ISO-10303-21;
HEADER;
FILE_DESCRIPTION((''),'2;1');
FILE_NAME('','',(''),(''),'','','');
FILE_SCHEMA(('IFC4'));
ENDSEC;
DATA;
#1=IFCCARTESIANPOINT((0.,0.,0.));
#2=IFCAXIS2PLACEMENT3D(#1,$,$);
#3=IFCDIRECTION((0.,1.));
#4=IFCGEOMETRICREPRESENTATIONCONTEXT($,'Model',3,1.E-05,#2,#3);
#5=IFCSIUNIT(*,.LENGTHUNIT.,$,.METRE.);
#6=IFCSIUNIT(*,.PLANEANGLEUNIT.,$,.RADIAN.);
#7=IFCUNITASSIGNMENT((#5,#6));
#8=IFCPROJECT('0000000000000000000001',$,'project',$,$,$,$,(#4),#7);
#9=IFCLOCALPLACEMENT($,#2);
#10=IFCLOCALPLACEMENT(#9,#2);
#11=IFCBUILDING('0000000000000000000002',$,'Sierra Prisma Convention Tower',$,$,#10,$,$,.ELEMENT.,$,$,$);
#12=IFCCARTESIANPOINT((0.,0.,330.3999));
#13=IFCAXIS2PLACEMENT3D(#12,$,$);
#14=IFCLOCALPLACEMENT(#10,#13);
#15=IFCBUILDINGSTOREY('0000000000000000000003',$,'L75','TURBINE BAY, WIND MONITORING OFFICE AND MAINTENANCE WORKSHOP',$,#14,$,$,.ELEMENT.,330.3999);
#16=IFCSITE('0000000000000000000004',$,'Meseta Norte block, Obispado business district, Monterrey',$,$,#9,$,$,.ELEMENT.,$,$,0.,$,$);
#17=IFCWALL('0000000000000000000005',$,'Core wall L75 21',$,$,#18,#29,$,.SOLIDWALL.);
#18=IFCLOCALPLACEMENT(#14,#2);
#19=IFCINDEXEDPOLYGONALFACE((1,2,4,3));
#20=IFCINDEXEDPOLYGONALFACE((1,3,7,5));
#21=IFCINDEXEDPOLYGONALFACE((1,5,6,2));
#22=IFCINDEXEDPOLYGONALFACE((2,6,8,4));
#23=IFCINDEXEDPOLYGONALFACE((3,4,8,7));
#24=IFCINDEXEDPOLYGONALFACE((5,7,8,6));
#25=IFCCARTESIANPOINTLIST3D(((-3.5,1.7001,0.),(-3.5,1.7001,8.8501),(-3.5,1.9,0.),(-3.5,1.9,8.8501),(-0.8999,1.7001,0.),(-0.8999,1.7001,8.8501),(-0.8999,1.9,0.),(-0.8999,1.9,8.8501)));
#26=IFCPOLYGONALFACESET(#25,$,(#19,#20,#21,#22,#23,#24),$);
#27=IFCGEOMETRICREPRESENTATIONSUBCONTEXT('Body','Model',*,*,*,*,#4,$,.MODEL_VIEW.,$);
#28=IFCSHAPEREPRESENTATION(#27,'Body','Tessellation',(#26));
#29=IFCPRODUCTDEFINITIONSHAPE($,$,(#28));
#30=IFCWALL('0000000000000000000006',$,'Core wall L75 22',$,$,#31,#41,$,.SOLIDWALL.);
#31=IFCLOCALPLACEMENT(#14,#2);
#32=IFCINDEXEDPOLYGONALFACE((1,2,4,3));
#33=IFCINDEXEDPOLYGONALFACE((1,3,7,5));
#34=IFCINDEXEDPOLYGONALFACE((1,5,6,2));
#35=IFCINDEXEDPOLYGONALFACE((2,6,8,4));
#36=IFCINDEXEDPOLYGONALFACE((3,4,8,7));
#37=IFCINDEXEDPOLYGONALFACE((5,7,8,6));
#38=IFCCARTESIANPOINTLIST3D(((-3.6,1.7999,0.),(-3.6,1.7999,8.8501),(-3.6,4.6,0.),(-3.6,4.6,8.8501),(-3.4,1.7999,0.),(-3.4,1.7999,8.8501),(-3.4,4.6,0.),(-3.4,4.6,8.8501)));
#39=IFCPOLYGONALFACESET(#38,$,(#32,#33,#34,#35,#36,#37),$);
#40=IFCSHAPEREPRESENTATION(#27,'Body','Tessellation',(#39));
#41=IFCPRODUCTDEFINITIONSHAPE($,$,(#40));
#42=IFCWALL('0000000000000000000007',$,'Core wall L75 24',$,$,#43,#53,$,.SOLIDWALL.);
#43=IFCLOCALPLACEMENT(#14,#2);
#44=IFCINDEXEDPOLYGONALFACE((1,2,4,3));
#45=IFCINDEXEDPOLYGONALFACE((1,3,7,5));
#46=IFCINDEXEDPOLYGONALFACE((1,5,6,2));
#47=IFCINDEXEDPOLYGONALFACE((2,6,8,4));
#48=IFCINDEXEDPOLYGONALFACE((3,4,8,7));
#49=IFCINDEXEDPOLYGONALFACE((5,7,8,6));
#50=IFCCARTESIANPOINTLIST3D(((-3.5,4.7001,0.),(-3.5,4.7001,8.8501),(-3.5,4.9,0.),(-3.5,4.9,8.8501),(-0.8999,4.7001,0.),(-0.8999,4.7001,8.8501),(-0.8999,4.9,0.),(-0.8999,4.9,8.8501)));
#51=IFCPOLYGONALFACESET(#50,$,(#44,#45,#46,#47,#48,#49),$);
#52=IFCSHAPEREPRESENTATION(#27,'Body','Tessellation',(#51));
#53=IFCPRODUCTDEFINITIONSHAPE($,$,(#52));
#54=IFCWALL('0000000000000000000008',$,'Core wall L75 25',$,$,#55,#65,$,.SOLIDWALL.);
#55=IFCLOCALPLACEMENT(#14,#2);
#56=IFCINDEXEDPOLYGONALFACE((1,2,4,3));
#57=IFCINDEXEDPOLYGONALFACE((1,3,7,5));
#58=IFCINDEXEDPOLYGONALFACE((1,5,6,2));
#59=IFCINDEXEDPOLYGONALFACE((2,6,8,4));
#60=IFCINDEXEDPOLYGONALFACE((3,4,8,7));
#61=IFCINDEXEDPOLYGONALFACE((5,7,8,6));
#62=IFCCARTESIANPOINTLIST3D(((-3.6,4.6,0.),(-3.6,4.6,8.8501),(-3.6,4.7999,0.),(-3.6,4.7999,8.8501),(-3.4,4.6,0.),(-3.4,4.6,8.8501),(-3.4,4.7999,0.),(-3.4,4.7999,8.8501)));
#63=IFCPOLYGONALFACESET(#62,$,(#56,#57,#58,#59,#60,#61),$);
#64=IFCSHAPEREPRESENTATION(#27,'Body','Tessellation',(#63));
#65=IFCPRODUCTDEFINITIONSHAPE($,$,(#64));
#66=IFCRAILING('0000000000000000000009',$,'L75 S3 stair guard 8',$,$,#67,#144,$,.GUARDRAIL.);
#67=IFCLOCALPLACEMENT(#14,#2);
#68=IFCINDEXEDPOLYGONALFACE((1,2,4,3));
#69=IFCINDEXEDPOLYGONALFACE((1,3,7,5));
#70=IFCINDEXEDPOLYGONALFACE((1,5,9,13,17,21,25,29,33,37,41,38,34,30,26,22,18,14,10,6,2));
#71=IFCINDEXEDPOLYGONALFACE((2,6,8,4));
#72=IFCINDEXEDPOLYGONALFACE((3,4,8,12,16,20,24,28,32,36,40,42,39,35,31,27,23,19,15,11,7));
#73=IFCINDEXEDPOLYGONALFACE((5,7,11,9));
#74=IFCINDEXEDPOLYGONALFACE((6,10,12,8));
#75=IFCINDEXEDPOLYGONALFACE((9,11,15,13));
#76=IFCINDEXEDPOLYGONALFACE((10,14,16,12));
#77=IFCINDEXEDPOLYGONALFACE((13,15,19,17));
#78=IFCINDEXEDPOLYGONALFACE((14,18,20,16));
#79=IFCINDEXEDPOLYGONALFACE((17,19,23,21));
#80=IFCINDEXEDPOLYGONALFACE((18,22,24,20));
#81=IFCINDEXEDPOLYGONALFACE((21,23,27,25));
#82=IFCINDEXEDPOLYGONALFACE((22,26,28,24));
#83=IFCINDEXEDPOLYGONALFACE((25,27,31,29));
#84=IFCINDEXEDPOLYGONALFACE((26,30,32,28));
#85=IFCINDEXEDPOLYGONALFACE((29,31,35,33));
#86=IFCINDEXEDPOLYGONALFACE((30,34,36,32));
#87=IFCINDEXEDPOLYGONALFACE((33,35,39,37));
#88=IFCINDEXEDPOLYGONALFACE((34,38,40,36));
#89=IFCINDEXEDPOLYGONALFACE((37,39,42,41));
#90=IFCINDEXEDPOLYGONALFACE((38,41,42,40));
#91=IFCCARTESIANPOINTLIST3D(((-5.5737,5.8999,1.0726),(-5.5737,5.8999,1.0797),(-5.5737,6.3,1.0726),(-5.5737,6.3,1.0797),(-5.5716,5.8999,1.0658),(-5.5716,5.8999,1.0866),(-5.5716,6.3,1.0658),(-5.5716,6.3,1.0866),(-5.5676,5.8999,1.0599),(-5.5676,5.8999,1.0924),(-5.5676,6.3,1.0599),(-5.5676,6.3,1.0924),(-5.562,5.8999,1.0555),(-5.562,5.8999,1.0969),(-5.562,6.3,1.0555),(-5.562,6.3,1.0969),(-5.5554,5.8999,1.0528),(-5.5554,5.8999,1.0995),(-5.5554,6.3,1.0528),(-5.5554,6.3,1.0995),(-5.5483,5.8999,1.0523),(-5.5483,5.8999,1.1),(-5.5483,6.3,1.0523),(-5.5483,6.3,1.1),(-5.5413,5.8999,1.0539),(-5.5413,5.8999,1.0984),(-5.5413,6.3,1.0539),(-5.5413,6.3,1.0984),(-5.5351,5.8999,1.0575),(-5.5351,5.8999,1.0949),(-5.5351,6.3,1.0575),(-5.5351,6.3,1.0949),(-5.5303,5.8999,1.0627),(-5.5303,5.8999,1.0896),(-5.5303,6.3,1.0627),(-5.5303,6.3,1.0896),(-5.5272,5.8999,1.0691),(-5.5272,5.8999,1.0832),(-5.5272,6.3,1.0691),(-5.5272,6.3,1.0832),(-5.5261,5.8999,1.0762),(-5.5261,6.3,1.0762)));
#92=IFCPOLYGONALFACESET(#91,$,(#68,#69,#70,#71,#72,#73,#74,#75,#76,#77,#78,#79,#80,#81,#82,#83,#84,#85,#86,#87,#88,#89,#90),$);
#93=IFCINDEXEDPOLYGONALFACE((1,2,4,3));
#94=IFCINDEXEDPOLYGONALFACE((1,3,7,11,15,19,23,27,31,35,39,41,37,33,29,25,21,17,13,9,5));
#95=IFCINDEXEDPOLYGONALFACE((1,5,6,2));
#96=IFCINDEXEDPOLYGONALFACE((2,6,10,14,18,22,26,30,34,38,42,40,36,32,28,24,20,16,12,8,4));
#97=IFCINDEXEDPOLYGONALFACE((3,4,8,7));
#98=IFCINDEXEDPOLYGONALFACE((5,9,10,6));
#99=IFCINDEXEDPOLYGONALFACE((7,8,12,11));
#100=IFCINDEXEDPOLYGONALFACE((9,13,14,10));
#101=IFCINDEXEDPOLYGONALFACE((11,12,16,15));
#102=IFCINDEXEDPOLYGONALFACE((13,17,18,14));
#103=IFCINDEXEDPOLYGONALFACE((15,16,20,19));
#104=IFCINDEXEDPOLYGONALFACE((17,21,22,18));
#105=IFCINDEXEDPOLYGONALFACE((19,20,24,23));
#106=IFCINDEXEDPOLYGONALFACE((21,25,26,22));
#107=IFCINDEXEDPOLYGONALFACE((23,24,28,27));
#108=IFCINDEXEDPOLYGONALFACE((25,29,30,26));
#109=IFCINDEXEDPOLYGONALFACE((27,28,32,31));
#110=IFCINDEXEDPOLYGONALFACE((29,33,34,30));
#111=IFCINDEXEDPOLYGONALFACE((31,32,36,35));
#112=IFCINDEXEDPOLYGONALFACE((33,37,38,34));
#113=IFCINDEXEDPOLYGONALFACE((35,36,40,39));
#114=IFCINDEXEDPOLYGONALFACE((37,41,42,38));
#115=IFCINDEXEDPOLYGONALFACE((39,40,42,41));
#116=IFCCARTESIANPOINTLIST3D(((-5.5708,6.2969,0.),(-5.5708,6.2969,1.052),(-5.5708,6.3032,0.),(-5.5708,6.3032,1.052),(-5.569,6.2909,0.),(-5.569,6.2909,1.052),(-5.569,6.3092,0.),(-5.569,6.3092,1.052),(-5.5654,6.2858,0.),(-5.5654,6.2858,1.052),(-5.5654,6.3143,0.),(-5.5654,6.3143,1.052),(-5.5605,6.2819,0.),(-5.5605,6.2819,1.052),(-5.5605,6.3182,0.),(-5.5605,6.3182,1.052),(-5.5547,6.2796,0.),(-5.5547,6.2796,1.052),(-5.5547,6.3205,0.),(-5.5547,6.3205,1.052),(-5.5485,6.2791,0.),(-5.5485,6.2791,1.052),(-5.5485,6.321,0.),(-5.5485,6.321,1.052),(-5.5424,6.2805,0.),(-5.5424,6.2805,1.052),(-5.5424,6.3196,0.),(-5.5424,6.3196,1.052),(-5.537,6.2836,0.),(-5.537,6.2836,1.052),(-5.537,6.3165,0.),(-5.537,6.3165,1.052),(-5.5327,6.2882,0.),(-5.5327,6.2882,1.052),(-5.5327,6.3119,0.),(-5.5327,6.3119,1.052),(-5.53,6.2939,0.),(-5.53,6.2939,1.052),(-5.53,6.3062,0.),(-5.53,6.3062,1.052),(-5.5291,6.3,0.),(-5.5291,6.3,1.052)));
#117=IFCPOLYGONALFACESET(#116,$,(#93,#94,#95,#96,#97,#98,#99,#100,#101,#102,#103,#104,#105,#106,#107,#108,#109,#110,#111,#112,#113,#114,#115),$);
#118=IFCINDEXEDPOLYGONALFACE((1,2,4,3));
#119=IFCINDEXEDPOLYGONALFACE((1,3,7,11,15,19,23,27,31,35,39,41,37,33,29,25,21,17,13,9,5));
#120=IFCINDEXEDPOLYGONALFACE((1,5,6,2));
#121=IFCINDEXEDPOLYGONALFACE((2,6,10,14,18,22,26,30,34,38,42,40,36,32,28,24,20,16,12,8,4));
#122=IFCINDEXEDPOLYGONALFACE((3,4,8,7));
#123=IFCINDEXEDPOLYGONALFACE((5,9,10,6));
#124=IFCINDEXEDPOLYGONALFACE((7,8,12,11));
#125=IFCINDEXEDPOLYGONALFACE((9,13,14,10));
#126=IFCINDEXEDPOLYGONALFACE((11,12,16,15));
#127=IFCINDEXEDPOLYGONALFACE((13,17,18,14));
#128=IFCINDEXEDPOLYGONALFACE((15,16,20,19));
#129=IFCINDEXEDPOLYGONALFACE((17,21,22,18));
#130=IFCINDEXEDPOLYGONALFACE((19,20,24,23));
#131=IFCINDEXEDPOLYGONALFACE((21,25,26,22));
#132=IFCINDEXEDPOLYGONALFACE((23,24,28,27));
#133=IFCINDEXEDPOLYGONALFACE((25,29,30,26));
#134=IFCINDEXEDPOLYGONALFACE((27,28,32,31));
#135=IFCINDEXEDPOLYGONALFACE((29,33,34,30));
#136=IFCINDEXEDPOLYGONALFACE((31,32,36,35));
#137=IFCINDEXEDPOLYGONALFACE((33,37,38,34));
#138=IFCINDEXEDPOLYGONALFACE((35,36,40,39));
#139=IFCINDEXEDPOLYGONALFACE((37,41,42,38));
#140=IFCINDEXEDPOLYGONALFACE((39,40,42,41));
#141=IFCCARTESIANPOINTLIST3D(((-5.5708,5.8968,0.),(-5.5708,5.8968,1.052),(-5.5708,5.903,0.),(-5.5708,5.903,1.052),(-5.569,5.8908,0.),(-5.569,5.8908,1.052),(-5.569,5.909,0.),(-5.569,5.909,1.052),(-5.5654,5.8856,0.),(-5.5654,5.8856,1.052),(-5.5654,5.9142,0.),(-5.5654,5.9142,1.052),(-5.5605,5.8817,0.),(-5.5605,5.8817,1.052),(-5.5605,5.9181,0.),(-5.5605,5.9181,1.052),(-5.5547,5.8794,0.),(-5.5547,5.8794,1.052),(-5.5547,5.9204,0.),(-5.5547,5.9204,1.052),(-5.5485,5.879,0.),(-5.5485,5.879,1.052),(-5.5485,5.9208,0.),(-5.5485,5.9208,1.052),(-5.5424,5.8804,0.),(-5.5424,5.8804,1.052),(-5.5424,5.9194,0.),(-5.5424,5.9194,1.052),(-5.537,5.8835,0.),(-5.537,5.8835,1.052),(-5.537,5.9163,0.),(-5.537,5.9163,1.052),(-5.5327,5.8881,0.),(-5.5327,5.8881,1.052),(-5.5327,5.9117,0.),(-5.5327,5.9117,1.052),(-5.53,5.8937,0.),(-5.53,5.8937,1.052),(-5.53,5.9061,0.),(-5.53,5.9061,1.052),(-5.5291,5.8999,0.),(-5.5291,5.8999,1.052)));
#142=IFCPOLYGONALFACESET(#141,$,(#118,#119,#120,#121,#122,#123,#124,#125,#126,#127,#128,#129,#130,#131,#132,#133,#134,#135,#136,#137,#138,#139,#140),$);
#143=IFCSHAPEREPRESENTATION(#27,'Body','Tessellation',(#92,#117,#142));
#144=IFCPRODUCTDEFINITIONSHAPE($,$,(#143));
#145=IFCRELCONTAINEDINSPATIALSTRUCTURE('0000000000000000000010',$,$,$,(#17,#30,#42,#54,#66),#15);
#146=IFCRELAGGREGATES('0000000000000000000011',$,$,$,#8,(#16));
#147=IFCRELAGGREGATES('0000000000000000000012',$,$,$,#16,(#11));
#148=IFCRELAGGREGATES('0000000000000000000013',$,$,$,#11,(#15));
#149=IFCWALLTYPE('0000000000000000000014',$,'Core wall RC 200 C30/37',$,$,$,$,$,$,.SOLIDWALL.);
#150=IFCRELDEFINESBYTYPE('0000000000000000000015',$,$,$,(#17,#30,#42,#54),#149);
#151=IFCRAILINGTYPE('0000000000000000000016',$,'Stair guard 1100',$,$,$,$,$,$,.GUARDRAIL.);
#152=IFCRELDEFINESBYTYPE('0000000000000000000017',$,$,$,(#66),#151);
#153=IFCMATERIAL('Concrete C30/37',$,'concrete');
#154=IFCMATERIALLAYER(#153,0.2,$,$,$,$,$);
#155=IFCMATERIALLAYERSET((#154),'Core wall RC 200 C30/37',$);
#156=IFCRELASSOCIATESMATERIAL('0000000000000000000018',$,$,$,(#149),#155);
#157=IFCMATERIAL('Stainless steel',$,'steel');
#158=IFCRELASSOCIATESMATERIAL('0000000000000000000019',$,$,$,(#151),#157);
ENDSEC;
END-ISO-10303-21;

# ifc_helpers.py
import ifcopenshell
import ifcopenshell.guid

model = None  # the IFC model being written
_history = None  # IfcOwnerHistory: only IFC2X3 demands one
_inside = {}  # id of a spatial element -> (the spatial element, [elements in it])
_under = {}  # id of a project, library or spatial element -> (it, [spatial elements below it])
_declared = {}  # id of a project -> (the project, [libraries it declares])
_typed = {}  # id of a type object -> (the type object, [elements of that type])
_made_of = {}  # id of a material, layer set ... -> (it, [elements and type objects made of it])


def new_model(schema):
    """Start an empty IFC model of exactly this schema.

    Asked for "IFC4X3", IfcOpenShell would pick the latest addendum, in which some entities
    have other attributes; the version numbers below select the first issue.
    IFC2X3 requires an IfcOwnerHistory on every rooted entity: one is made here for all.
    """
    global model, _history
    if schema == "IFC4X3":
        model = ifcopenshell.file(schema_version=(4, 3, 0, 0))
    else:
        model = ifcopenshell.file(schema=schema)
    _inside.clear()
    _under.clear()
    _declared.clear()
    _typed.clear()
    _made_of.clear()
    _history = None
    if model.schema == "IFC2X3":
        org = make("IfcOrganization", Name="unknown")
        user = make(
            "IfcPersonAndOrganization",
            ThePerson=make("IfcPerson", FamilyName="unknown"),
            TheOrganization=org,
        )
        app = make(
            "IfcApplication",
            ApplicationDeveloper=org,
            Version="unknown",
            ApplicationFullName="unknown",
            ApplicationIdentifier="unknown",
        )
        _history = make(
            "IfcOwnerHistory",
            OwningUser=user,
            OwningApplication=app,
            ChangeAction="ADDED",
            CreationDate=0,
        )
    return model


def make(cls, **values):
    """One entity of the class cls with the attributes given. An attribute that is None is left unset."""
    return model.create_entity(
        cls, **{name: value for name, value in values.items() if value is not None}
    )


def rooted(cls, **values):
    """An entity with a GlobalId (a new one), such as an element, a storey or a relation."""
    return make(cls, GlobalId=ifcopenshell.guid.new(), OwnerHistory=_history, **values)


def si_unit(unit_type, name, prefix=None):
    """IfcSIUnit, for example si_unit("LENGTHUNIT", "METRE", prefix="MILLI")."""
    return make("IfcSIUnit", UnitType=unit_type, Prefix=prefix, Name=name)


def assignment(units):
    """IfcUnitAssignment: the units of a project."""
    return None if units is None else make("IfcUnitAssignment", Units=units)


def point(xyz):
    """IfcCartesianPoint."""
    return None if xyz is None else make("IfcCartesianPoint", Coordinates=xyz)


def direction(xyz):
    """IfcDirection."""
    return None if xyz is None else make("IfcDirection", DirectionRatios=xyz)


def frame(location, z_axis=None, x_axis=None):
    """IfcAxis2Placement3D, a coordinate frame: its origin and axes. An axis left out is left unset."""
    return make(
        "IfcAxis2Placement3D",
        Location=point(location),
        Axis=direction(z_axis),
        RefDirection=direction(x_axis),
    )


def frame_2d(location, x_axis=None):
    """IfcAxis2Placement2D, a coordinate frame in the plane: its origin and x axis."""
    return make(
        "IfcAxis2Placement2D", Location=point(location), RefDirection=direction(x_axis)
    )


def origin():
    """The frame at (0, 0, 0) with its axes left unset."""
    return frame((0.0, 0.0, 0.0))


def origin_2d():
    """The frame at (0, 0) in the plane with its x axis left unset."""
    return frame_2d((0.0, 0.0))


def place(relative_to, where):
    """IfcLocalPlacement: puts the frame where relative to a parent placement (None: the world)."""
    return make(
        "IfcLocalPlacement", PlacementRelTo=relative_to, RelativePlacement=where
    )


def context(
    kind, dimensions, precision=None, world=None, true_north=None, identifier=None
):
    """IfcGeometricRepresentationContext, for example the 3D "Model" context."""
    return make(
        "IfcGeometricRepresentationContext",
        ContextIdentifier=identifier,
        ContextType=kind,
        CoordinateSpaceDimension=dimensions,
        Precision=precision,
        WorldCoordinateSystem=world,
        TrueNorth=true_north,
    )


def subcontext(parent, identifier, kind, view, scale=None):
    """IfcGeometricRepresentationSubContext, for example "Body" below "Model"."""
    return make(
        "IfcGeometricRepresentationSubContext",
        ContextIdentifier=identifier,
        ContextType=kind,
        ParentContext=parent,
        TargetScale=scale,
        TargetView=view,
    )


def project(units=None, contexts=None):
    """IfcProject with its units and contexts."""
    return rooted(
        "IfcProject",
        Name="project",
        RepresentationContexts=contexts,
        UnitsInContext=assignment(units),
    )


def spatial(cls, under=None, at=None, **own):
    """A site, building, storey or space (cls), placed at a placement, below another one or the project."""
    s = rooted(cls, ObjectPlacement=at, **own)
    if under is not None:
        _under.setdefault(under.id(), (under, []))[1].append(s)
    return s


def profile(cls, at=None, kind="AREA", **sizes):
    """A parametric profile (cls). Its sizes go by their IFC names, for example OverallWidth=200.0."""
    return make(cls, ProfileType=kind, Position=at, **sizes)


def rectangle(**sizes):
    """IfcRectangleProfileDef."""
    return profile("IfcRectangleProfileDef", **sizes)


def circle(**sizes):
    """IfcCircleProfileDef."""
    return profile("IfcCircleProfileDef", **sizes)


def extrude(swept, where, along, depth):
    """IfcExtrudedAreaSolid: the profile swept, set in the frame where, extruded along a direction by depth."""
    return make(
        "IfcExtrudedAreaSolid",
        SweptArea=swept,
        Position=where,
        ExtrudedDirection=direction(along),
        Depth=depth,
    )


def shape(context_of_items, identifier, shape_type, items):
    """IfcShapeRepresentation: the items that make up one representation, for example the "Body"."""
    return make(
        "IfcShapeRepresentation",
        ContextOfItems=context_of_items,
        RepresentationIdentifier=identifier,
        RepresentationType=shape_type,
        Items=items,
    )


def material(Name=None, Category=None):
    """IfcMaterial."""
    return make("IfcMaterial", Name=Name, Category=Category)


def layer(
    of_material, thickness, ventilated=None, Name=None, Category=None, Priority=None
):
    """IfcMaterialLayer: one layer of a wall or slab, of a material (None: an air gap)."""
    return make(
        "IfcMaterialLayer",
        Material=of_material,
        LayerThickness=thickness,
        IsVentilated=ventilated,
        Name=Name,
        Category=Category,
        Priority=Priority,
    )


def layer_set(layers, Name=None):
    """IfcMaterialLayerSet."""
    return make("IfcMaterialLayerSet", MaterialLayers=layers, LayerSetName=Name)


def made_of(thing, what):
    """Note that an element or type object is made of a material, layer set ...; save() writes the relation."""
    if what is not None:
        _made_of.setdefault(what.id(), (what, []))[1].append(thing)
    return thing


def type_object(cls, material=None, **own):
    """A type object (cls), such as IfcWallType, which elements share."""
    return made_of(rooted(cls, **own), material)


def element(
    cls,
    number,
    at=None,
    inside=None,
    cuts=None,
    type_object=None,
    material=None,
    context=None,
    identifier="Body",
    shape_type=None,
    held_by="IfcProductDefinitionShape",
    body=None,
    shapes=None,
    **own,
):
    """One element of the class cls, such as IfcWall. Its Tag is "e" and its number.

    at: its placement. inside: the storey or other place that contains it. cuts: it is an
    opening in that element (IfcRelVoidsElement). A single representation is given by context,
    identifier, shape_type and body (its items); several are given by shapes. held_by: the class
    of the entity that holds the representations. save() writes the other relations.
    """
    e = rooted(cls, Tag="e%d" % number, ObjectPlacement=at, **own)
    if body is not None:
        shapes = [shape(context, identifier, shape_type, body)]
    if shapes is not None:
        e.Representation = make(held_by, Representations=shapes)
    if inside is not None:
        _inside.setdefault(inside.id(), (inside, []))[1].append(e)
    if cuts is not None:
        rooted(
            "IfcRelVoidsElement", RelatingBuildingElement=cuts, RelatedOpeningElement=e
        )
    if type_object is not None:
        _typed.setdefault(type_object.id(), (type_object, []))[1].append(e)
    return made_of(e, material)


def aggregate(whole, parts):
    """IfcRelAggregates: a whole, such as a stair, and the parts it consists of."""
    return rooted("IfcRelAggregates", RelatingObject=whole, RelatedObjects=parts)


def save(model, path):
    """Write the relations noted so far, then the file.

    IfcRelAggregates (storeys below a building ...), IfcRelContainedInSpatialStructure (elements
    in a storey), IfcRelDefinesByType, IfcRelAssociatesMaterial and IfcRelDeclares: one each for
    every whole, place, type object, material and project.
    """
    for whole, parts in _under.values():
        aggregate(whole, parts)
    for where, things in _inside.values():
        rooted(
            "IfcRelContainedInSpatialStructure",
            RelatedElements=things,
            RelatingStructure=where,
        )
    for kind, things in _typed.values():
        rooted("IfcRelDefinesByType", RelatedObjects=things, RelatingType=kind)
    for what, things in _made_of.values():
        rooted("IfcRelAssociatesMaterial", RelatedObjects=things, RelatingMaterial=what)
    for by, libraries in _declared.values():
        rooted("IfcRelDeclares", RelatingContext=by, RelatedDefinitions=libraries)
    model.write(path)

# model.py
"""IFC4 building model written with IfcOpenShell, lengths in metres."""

from ifc_helpers import new_model, si_unit, direction, frame, frame_2d, origin, origin_2d, place, context, subcontext, project, spatial, rectangle, circle, extrude, material, layer, layer_set, type_object, element, save


model = new_model("IFC4")

# Units and contexts
model_context = context("Model", 3, precision=1e-05, world=origin(), true_north=direction((0.0, 1.0)))
body_context = subcontext(model_context, "Body", "Model", "MODEL_VIEW")
ifc_project = project(units=[si_unit("LENGTHUNIT", "METRE"), si_unit("PLANEANGLEUNIT", "RADIAN")], contexts=[model_context])

# Site, building, storey
site_placement = place(None, origin())
site = spatial("IfcSite", under=ifc_project, at=site_placement, Name="Meseta Norte block, Obispado business district, Monterrey", CompositionType="ELEMENT", RefElevation=0.0)
building_placement = place(site_placement, origin())
building = spatial("IfcBuilding", under=site, at=building_placement, Name="Sierra Prisma Convention Tower", CompositionType="ELEMENT")
storey_placement = place(building_placement, frame((0.0, 0.0, 330.3999)))
storey = spatial("IfcBuildingStorey", under=building, at=storey_placement, Name="L75", Description="TURBINE BAY, WIND MONITORING OFFICE AND MAINTENANCE WORKSHOP", CompositionType="ELEMENT", Elevation=330.3999)

# Shared definitions
ifc_material_1 = material(Name="Concrete C30/37", Category="concrete")
ifc_layer_1 = layer(ifc_material_1, 0.2)
ifc_layer_set_1 = layer_set([ifc_layer_1], Name="Core wall RC 200 C30/37")
wall_type = type_object("IfcWallType", Name="Core wall RC 200 C30/37", PredefinedType="SOLIDWALL", material=ifc_layer_set_1)

# Walls
wall_1_placement = place(storey_placement, frame((-0.8999, 1.8, 0.0), z_axis=(0.0, 0.0, 1.0), x_axis=(-1.0, 0.0, 0.0)))
element("IfcWall", 1, at=wall_1_placement, inside=storey, type_object=wall_type, Name="Core wall L75 21", PredefinedType="SOLIDWALL", context=body_context, shape_type="SweptSolid", body=[
    extrude(rectangle(XDim=2.6001, YDim=0.2, at=frame_2d((1.3, 0.0))), origin(), (0.0, 0.0, 1.0), 8.8501),
])
wall_2_placement = place(storey_placement, frame((-3.5, 1.8, 0.0), z_axis=(0.0, 0.0, 1.0), x_axis=(0.0, 1.0, 0.0)))
element("IfcWall", 2, at=wall_2_placement, inside=storey, type_object=wall_type, Name="Core wall L75 22", PredefinedType="SOLIDWALL", context=body_context, shape_type="SweptSolid", body=[
    extrude(rectangle(XDim=2.8, YDim=0.2, at=frame_2d((1.3999, 0.0))), origin(), (0.0, 0.0, 1.0), 8.8501),
])

# Walls
wall_3_placement = place(storey_placement, frame((-0.8999, 4.8, 0.0), z_axis=(0.0, 0.0, 1.0), x_axis=(-1.0, 0.0, 0.0)))
element("IfcWall", 3, at=wall_3_placement, inside=storey, type_object=wall_type, Name="Core wall L75 24", PredefinedType="SOLIDWALL", context=body_context, shape_type="SweptSolid", body=[
    extrude(rectangle(XDim=2.6001, YDim=0.2, at=frame_2d((1.3, 0.0))), origin(), (0.0, 0.0, 1.0), 8.8501),
])
wall_4_placement = place(storey_placement, frame((-3.5, 4.8, 0.0), z_axis=(0.0, 0.0, 1.0), x_axis=(0.0, -1.0, 0.0)))
element("IfcWall", 4, at=wall_4_placement, inside=storey, type_object=wall_type, Name="Core wall L75 25", PredefinedType="SOLIDWALL", context=body_context, shape_type="SweptSolid", body=[
    extrude(rectangle(XDim=0.2, YDim=0.2, at=frame_2d((0.1001, 0.0))), origin(), (0.0, 0.0, 1.0), 8.8501),
])

# Railing
ifc_material_2 = material(Name="Stainless steel", Category="steel")
railing_type = type_object("IfcRailingType", Name="Stair guard 1100", PredefinedType="GUARDRAIL", material=ifc_material_2)
railing_placement = place(storey_placement, frame((-5.55, 6.3, 0.0)))
element("IfcRailing", 5, at=railing_placement, inside=storey, type_object=railing_type, Name="L75 S3 stair guard 8", PredefinedType="GUARDRAIL", context=body_context, shape_type="SweptSolid", body=[
    extrude(circle(Radius=0.0239, at=origin_2d()), frame((0.0, 0.0, 1.0762), z_axis=(0.0, -1.0, 0.0), x_axis=(1.0, 0.0, 0.0)), (0.0, 0.0, 1.0), 0.4001),
    extrude(circle(Radius=0.021, at=origin_2d()), origin(), (0.0, 0.0, 1.0), 1.052),
    extrude(circle(Radius=0.021, at=origin_2d()), frame((0.0, -0.4001, 0.0)), (0.0, 0.0, 1.0), 1.052),
])

save(model, "model.ifc")
